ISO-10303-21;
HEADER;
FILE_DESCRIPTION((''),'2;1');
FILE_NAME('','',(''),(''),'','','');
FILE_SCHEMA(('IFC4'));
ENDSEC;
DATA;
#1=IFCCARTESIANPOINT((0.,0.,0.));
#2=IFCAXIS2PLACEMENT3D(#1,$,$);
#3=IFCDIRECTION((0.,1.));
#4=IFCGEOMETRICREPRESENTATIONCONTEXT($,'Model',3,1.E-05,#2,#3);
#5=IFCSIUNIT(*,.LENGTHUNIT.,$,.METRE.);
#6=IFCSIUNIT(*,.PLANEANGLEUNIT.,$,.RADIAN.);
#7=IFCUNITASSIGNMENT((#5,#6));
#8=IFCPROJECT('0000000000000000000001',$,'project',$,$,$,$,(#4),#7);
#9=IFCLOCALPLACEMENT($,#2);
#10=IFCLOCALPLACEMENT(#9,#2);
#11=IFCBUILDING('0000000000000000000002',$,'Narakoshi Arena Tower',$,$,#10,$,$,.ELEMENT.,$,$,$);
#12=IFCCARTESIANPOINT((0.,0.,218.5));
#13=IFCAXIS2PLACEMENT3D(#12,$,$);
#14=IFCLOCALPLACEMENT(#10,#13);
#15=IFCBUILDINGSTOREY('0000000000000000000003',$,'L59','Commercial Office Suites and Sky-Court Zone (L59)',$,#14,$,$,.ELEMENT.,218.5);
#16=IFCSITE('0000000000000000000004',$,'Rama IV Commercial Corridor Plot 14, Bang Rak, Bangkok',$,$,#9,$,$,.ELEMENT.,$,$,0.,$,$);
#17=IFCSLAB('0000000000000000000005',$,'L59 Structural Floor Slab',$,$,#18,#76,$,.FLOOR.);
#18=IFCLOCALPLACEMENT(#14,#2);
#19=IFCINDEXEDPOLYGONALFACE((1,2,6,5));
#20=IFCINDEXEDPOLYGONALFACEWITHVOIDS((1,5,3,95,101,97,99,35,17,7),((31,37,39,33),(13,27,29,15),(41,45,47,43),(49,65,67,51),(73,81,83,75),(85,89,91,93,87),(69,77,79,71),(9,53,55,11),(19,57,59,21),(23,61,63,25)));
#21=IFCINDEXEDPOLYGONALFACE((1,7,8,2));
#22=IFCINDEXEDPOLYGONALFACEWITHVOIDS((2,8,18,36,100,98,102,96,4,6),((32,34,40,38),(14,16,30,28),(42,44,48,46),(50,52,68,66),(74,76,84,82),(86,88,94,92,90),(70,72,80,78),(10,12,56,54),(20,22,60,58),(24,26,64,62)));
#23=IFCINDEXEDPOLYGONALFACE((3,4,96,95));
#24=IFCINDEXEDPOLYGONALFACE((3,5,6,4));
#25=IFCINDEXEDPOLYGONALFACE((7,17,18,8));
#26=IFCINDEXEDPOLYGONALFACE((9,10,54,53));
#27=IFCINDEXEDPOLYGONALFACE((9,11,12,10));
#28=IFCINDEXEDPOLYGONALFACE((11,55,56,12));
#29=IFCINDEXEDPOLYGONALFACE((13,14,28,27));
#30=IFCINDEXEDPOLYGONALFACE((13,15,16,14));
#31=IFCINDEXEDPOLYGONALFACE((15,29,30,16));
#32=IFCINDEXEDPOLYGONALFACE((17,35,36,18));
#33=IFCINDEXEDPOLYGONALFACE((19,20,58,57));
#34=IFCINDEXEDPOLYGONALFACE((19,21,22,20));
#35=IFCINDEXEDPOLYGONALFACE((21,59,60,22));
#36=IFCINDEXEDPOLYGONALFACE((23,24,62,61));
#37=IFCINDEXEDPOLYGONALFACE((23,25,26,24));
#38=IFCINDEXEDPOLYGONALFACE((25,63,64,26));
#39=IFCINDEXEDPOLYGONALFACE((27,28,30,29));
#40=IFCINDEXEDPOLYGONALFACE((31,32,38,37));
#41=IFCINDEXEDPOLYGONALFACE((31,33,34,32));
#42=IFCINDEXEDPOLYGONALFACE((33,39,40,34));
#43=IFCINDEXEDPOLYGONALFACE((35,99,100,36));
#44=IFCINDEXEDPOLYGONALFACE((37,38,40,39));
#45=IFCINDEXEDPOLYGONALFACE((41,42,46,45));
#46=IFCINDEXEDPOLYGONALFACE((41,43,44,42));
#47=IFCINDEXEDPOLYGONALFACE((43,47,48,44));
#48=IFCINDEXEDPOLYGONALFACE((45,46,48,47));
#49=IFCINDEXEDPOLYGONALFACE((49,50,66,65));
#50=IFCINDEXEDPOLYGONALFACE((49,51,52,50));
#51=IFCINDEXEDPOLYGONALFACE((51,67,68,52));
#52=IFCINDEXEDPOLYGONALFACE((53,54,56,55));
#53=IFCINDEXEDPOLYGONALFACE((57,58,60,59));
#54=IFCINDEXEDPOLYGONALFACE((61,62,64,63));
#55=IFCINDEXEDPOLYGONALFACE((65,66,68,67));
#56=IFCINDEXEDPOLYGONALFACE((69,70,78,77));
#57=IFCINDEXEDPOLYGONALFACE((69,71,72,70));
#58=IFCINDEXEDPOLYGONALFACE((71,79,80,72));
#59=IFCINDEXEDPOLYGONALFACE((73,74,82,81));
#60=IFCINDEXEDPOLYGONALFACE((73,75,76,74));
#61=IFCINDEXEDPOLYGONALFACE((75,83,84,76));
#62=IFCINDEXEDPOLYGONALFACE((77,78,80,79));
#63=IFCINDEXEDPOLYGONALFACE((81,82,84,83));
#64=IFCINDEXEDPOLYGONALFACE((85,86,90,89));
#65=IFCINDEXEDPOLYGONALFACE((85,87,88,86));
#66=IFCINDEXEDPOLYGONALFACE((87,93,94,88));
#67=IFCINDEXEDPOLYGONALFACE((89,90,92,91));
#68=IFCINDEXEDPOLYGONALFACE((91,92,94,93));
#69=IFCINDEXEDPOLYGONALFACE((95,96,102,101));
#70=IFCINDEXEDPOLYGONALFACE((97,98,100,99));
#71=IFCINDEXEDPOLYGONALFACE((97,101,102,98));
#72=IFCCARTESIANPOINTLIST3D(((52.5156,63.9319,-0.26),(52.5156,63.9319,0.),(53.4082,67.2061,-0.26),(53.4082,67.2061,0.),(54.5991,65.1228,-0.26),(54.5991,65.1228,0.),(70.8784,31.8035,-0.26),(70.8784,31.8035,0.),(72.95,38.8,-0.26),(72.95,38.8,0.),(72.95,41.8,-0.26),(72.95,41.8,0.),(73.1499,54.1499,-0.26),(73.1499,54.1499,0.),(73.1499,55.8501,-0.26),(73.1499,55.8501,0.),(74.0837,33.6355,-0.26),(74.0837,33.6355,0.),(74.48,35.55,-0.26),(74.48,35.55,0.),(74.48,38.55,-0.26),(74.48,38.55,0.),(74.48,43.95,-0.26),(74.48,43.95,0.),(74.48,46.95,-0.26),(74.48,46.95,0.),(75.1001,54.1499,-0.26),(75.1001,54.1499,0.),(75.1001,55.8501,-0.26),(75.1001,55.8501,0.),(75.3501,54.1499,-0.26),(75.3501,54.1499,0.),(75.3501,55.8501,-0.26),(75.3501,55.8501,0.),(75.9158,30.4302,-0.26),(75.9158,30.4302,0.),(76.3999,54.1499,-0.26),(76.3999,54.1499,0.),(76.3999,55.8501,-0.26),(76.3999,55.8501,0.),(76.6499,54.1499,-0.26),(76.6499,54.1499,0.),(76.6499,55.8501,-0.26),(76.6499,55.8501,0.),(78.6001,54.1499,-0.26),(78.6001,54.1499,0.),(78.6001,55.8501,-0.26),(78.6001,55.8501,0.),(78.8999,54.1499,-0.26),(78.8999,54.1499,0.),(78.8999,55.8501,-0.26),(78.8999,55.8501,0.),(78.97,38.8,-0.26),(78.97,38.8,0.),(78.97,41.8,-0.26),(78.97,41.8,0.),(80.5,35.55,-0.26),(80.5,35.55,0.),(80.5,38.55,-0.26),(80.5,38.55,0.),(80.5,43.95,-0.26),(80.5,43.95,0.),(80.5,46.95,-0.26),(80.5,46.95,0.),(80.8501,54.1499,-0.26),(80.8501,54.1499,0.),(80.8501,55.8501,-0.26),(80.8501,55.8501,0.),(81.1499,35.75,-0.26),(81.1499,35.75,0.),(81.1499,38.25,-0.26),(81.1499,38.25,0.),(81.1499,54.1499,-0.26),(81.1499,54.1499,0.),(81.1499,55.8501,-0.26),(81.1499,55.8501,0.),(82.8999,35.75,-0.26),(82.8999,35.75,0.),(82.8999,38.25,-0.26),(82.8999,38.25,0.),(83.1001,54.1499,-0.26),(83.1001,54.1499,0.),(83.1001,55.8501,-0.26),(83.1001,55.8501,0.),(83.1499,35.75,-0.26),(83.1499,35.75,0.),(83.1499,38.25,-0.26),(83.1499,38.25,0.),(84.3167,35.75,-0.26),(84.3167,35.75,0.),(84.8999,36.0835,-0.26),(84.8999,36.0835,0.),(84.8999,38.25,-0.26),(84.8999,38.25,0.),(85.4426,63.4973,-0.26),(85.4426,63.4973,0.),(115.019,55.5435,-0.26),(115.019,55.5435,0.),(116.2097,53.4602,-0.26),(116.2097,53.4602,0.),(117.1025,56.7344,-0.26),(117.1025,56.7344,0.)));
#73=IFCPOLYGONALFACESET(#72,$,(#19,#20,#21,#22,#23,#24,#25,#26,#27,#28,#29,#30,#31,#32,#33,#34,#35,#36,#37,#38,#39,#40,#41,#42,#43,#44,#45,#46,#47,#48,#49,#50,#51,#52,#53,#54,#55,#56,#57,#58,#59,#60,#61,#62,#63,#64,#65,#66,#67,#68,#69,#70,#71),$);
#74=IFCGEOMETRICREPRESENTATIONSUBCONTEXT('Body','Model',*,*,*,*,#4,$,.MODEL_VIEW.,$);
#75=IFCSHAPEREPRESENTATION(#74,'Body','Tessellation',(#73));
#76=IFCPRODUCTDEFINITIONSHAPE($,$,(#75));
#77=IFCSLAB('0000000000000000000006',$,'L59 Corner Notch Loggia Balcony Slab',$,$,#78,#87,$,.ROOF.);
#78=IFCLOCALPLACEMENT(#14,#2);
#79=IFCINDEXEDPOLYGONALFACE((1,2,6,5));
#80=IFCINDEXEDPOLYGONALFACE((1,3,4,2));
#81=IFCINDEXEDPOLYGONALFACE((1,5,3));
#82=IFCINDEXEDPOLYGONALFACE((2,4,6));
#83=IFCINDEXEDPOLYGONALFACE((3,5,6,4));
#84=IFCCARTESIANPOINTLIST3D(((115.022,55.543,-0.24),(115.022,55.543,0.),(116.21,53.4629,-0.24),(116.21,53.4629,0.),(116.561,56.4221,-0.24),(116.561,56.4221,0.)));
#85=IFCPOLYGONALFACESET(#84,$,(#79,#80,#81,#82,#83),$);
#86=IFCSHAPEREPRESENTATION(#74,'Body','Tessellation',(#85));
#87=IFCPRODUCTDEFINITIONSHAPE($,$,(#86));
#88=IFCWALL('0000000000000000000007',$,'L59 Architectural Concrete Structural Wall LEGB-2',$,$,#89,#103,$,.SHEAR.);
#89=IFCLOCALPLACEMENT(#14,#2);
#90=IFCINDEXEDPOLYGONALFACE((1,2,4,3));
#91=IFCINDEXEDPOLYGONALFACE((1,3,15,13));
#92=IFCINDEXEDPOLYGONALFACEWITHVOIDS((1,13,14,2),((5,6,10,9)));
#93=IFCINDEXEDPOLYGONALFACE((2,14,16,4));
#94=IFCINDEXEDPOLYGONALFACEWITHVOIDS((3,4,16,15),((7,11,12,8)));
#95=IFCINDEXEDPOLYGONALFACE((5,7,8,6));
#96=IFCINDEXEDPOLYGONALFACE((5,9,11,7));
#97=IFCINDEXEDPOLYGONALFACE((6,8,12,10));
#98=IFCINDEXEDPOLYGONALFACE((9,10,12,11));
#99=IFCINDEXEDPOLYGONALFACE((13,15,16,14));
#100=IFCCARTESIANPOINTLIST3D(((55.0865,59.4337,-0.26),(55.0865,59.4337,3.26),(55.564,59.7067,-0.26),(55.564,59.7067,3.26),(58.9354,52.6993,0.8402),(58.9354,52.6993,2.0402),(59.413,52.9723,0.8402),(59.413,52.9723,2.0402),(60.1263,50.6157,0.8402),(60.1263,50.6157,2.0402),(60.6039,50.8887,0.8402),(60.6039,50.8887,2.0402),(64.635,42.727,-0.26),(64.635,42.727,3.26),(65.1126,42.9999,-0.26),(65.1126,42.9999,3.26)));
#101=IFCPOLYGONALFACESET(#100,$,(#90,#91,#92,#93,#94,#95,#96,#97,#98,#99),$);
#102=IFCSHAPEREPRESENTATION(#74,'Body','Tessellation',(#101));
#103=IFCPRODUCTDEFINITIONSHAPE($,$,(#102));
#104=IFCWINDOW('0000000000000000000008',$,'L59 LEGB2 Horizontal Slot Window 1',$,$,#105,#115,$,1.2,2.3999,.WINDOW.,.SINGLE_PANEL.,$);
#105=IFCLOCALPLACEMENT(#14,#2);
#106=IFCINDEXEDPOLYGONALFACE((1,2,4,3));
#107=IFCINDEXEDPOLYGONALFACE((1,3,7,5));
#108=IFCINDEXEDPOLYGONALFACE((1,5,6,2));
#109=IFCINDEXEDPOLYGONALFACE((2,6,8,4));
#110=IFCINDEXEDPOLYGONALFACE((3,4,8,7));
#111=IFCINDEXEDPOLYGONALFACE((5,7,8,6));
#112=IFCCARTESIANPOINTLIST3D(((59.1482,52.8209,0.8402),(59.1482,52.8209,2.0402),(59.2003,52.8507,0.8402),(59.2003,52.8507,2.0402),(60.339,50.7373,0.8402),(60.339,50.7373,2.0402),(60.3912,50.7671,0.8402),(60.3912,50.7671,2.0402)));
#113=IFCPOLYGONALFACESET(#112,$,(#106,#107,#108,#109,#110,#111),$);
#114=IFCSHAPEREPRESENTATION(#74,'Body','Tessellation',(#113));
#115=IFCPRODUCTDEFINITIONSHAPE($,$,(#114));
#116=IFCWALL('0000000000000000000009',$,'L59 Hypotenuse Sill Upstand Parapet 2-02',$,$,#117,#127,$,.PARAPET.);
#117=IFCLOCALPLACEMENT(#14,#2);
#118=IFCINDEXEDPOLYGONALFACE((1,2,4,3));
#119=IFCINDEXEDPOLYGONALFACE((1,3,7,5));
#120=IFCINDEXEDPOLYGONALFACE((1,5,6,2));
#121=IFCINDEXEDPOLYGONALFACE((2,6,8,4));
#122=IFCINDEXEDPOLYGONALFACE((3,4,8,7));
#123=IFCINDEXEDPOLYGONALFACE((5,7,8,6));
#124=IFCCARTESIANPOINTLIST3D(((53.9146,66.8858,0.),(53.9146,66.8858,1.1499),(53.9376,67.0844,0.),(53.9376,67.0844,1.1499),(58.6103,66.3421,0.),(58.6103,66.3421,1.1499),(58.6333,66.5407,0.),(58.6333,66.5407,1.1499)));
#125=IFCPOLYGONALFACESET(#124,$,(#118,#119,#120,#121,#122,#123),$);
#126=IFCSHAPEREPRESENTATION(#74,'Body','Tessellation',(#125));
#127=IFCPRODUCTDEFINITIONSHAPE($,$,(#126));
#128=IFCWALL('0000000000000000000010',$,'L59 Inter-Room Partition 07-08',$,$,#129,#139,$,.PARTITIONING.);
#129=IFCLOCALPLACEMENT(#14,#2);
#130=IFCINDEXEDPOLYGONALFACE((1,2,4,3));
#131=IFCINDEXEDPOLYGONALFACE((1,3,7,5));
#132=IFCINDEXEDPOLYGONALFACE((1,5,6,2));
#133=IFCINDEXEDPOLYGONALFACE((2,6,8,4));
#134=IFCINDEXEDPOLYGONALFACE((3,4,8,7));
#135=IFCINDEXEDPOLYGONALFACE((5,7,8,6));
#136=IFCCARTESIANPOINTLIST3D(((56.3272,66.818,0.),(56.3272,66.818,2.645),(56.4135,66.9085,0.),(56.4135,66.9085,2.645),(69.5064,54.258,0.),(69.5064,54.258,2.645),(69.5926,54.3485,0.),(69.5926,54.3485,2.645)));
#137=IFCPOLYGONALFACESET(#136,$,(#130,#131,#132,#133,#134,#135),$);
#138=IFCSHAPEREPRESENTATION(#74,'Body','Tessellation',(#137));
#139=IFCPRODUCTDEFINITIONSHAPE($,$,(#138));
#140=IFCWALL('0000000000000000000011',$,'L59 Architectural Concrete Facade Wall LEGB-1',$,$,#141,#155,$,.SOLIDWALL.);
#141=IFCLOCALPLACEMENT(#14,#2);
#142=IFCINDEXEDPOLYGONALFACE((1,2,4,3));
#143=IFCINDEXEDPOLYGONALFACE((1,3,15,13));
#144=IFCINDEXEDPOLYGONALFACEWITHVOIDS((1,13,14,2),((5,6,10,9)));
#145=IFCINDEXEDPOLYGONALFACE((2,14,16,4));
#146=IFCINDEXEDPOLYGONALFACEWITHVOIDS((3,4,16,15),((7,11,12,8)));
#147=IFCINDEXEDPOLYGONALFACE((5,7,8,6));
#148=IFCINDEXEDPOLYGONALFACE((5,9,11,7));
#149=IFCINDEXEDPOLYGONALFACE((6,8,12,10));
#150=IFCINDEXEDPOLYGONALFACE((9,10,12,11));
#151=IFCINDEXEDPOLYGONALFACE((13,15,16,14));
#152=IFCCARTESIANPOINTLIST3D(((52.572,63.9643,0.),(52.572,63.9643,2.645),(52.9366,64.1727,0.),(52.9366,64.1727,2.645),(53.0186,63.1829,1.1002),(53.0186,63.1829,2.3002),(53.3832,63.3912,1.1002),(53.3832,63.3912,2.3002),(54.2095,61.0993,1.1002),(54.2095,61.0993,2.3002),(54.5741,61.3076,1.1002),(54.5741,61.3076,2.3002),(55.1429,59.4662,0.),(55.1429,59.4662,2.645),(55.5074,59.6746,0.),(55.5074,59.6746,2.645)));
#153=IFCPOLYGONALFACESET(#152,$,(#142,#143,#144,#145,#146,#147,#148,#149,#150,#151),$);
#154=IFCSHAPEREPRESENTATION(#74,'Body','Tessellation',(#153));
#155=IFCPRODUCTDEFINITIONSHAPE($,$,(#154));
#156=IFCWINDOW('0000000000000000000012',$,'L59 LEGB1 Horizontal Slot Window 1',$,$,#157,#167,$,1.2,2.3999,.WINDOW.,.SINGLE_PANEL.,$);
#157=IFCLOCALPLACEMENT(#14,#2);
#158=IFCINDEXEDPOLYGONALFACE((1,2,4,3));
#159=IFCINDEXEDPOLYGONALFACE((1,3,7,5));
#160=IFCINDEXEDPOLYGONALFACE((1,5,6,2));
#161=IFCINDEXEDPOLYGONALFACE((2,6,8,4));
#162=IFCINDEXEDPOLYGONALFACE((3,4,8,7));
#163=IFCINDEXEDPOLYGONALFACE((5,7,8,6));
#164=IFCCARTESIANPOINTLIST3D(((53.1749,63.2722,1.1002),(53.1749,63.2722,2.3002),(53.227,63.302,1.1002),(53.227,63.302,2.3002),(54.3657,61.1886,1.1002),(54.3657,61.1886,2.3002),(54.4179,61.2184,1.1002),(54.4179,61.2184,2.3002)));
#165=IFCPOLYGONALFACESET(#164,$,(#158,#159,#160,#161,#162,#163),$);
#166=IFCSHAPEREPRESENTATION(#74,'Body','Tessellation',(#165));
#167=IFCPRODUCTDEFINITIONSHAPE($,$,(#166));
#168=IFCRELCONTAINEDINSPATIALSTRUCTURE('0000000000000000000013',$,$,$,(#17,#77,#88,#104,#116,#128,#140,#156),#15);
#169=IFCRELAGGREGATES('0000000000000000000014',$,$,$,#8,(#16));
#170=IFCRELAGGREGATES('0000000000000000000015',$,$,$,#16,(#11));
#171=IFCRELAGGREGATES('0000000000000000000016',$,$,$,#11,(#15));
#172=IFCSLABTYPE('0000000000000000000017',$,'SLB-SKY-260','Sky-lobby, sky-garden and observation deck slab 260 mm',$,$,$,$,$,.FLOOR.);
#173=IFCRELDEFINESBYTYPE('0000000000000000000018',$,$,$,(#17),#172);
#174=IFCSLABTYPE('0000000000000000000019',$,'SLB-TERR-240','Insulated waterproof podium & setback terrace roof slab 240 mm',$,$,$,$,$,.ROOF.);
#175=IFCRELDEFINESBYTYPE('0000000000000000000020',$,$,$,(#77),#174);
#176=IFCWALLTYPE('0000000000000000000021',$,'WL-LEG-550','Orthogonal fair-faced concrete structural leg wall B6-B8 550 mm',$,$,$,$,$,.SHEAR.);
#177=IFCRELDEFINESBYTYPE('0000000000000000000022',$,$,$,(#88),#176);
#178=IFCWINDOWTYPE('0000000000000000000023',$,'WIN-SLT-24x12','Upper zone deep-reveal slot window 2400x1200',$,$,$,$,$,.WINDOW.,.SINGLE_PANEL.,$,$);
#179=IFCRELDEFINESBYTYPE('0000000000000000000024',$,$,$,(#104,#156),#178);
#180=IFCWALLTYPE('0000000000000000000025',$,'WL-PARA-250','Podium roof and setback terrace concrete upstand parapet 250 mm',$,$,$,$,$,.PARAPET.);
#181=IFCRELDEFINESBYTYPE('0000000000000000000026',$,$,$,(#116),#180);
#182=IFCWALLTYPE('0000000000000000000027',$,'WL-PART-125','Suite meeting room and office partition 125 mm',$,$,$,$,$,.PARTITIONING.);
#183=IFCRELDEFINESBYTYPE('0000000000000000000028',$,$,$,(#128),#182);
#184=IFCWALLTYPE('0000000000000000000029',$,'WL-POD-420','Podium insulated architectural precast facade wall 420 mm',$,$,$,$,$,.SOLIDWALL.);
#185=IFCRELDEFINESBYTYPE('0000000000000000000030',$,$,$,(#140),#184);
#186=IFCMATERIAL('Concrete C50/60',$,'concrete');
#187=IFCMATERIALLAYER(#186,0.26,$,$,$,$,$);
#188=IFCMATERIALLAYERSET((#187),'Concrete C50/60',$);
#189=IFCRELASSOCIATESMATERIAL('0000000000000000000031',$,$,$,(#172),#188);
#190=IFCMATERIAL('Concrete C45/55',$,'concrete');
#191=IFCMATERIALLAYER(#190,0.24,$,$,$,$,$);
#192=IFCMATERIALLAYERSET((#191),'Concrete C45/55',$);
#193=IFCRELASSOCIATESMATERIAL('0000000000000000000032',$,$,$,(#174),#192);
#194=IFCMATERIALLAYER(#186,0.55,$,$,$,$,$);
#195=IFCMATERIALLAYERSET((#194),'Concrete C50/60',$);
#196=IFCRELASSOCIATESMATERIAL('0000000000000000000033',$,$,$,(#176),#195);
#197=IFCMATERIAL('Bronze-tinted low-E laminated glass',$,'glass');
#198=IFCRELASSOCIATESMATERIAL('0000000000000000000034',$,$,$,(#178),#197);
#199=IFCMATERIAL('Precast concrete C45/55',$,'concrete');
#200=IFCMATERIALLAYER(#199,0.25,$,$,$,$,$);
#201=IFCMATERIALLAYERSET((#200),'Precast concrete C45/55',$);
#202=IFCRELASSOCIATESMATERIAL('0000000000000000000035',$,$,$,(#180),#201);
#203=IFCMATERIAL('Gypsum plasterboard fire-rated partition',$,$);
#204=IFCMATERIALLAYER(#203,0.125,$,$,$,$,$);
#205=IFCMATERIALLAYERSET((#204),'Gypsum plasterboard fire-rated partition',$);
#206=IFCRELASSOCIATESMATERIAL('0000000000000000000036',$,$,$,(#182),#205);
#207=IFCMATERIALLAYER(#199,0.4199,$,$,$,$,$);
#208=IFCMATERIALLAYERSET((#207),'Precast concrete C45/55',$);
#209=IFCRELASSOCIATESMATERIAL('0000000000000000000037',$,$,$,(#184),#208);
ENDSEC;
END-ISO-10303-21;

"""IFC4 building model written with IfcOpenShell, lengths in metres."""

from ifc_helpers import new_model, si_unit, direction, frame, frame_2d, origin, place, context, subcontext, project, spatial, polyline, rectangle, outline, extrude, material, layer, layer_set, type_object, element, fill, save


model = new_model("IFC4")

# Units and contexts
model_context = context("Model", 3, precision=1e-05, world=origin(), true_north=direction((0.0, 1.0)))
body_context = subcontext(model_context, "Body", "Model", "MODEL_VIEW")
ifc_project = project(units=[si_unit("LENGTHUNIT", "METRE"), si_unit("PLANEANGLEUNIT", "RADIAN")], contexts=[model_context])

# Site, building, storey
site_placement = place(None, origin())
site = spatial("IfcSite", under=ifc_project, at=site_placement, Name="Rama IV Commercial Corridor Plot 14, Bang Rak, Bangkok", CompositionType="ELEMENT", RefElevation=0.0)
building_placement = place(site_placement, origin())
building = spatial("IfcBuilding", under=site, at=building_placement, Name="Narakoshi Arena Tower", CompositionType="ELEMENT")
storey_placement = place(building_placement, frame((0.0, 0.0, 218.5)))
storey = spatial("IfcBuildingStorey", under=building, at=storey_placement, Name="L59", Description="Commercial Office Suites and Sky-Court Zone (L59)", CompositionType="ELEMENT", Elevation=218.5)

# Shared definitions
ifc_material_1 = material(Name="Concrete C50/60", Category="concrete")

# Shared definitions
ifc_material_2 = material(Name="Bronze-tinted low-E laminated glass", Category="glass")

# Shared definitions
ifc_material_3 = material(Name="Concrete C45/55", Category="concrete")

# Slabs
ifc_layer_1 = layer(ifc_material_1, 0.26)
ifc_layer_set_1 = layer_set([ifc_layer_1], Name="Concrete C50/60")
slab_type_1 = type_object("IfcSlabType", Name="SLB-SKY-260", Description="Sky-lobby, sky-garden and observation deck slab 260 mm", PredefinedType="FLOOR", material=ifc_layer_set_1)
slab_1_placement = place(storey_placement, frame((0.0, 0.0, -0.26)))
element("IfcSlab", 1, at=slab_1_placement, inside=storey, type_object=slab_type_1, Name="L59 Structural Floor Slab", PredefinedType="FLOOR", context=body_context, shape_type="SweptSolid", body=[
    extrude(outline(polyline([(75.9158, 30.4302), (116.2097, 53.4602), (115.019, 55.5435), (117.1025, 56.7344), (85.4426, 63.4973), (53.4082, 67.2061), (54.5991, 65.1228), (52.5156, 63.9319), (70.8784, 31.8035), (74.0837, 33.6355), (75.9158, 30.4302)]), holes=[polyline([(80.5, 35.55), (74.48, 35.55), (74.48, 38.55), (80.5, 38.55), (80.5, 35.55)]), polyline([(82.8999, 35.75), (81.1499, 35.75), (81.1499, 38.25), (82.8999, 38.25), (82.8999, 35.75)]), polyline([(84.8999, 36.0835), (84.3167, 35.75), (83.1499, 35.75), (83.1499, 38.25), (84.8999, 38.25), (84.8999, 36.0835)]), polyline([(72.95, 38.8), (72.95, 41.8), (78.97, 41.8), (78.97, 38.8), (72.95, 38.8)]), polyline([(74.48, 43.95), (74.48, 46.95), (80.5, 46.95), (80.5, 43.95), (74.48, 43.95)]), polyline([(75.1001, 54.1499), (73.1499, 54.1499), (73.1499, 55.8501), (75.1001, 55.8501), (75.1001, 54.1499)]), polyline([(76.3999, 54.1499), (75.3501, 54.1499), (75.3501, 55.8501), (76.3999, 55.8501), (76.3999, 54.1499)]), polyline([(78.6001, 54.1499), (76.6499, 54.1499), (76.6499, 55.8501), (78.6001, 55.8501), (78.6001, 54.1499)]), polyline([(78.8999, 54.1499), (78.8999, 55.8501), (80.8501, 55.8501), (80.8501, 54.1499), (78.8999, 54.1499)]), polyline([(81.1499, 54.1499), (81.1499, 55.8501), (83.1001, 55.8501), (83.1001, 54.1499), (81.1499, 54.1499)])]), origin(), (0.0, 0.0, 1.0), 0.26),
])
ifc_layer_2 = layer(ifc_material_3, 0.24)
ifc_layer_set_2 = layer_set([ifc_layer_2], Name="Concrete C45/55")
slab_type_2 = type_object("IfcSlabType", Name="SLB-TERR-240", Description="Insulated waterproof podium & setback terrace roof slab 240 mm", PredefinedType="ROOF", material=ifc_layer_set_2)
slab_2_placement = place(storey_placement, frame((0.0, 0.0, -0.24)))
element("IfcSlab", 2, at=slab_2_placement, inside=storey, type_object=slab_type_2, Name="L59 Corner Notch Loggia Balcony Slab", PredefinedType="ROOF", context=body_context, shape_type="SweptSolid", body=[
    extrude(outline(polyline([(116.561, 56.4221), (115.022, 55.543), (116.21, 53.4629), (116.561, 56.4221)])), origin(), (0.0, 0.0, 1.0), 0.24),
])

# Wall, opening, window
ifc_layer_3 = layer(ifc_material_1, 0.55)
ifc_layer_set_3 = layer_set([ifc_layer_3], Name="Concrete C50/60")
wall_type_1 = type_object("IfcWallType", Name="WL-LEG-550", Description="Orthogonal fair-faced concrete structural leg wall B6-B8 550 mm", PredefinedType="SHEAR", material=ifc_layer_set_3)
wall_1_placement = place(storey_placement, frame((55.3252, 59.5703, -0.26), z_axis=(0.0, 0.0, 1.0), x_axis=(0.496211, -0.868202, 0.0)))
wall_1 = element("IfcWall", 3, at=wall_1_placement, inside=storey, type_object=wall_type_1, Name="L59 Architectural Concrete Structural Wall LEGB-2", PredefinedType="SHEAR", context=body_context, shape_type="SweptSolid", body=[
    extrude(rectangle(XDim=19.2429, YDim=0.55, at=frame_2d((9.6216, 0.0))), origin(), (0.0, 0.0, 1.0), 3.52),
])
opening_1_placement = place(wall_1_placement, frame((7.7568, 0.0, 1.1001)))
opening_1 = element("IfcOpeningElement", 4, at=opening_1_placement, cuts=wall_1, PredefinedType="OPENING", context=body_context, shape_type="SweptSolid", body=[
    extrude(rectangle(XDim=2.3999, YDim=1.2, at=frame_2d((1.2, 0.6001))), frame((0.0, 0.2849, 0.0), z_axis=(0.0, -1.0, 0.0), x_axis=(1.0, 0.0, 0.0)), (0.0, 0.0, 1.0), 0.5701),
])
window_type_1 = type_object("IfcWindowType", Name="WIN-SLT-24x12", Description="Upper zone deep-reveal slot window 2400x1200", PartitioningType="SINGLE_PANEL", PredefinedType="WINDOW", material=ifc_material_2)
window_1_placement = place(opening_1_placement, origin())
window_1 = element("IfcWindow", 5, at=window_1_placement, inside=storey, type_object=window_type_1, Name="L59 LEGB2 Horizontal Slot Window 1", OverallHeight=1.2, OverallWidth=2.3999, PartitioningType="SINGLE_PANEL", PredefinedType="WINDOW", context=body_context, shape_type="SweptSolid", body=[
    extrude(rectangle(XDim=2.3999, YDim=1.2, at=frame_2d((1.2, 0.6001))), frame((0.0, 0.03, 0.0), z_axis=(0.0, -1.0, 0.0), x_axis=(1.0, 0.0, 0.0)), (0.0, 0.0, 1.0), 0.0601),
])
fill(opening_1, window_1)

# Walls
ifc_material_4 = material(Name="Precast concrete C45/55", Category="concrete")
ifc_layer_4 = layer(ifc_material_4, 0.25)
ifc_layer_set_4 = layer_set([ifc_layer_4], Name="Precast concrete C45/55")
wall_type_2 = type_object("IfcWallType", Name="WL-PARA-250", Description="Podium roof and setback terrace concrete upstand parapet 250 mm", PredefinedType="PARAPET", material=ifc_layer_set_4)
wall_2_placement = place(storey_placement, frame((58.6218, 66.4414, 0.0), z_axis=(0.0, 0.0, 1.0), x_axis=(-0.993363, 0.115022, 0.0)))
element("IfcWall", 6, at=wall_2_placement, inside=storey, type_object=wall_type_2, Name="L59 Hypotenuse Sill Upstand Parapet 2-02", PredefinedType="PARAPET", context=body_context, shape_type="SweptSolid", body=[
    extrude(rectangle(XDim=4.7271, YDim=0.2, at=frame_2d((2.3635, 0.0))), origin(), (0.0, 0.0, 1.0), 1.1499),
])
ifc_material_5 = material(Name="Gypsum plasterboard fire-rated partition")
ifc_layer_5 = layer(ifc_material_5, 0.125)
ifc_layer_set_5 = layer_set([ifc_layer_5], Name="Gypsum plasterboard fire-rated partition")
wall_type_3 = type_object("IfcWallType", Name="WL-PART-125", Description="Suite meeting room and office partition 125 mm", PredefinedType="PARTITIONING", material=ifc_layer_set_5)
wall_3_placement = place(storey_placement, frame((56.3704, 66.8633, 0.0), z_axis=(0.0, 0.0, 1.0), x_axis=(0.723906, -0.689898, 0.0)))
element("IfcWall", 7, at=wall_3_placement, inside=storey, type_object=wall_type_3, Name="L59 Inter-Room Partition 07-08", PredefinedType="PARTITIONING", context=body_context, shape_type="SweptSolid", body=[
    extrude(rectangle(XDim=18.2056, YDim=0.125, at=frame_2d((9.1028, 0.0))), origin(), (0.0, 0.0, 1.0), 2.645),
])

# Wall, opening, window
ifc_layer_6 = layer(ifc_material_4, 0.4199)
ifc_layer_set_6 = layer_set([ifc_layer_6], Name="Precast concrete C45/55")
wall_type_4 = type_object("IfcWallType", Name="WL-POD-420", Description="Podium insulated architectural precast facade wall 420 mm", PredefinedType="SOLIDWALL", material=ifc_layer_set_6)
wall_4_placement = place(storey_placement, frame((52.7544, 64.0684, 0.0), z_axis=(0.0, 0.0, 1.0), x_axis=(0.49621, -0.868203, 0.0)))
wall_4 = element("IfcWall", 8, at=wall_4_placement, inside=storey, type_object=wall_type_4, Name="L59 Architectural Concrete Facade Wall LEGB-1", PredefinedType="SOLIDWALL", context=body_context, shape_type="SweptSolid", body=[
    extrude(rectangle(XDim=5.1809, YDim=0.4199, at=frame_2d((2.5903, 0.0))), origin(), (0.0, 0.0, 1.0), 2.645),
])
opening_2_placement = place(wall_4_placement, frame((0.8999, 0.0, 1.1001)))
opening_2 = element("IfcOpeningElement", 9, at=opening_2_placement, cuts=wall_4, PredefinedType="OPENING", context=body_context, shape_type="SweptSolid", body=[
    extrude(rectangle(XDim=2.3999, YDim=1.2, at=frame_2d((1.2, 0.6001))), frame((0.0, 0.22, 0.0), z_axis=(0.0, -1.0, 0.0), x_axis=(1.0, 0.0, 0.0)), (0.0, 0.0, 1.0), 0.4399),
])
window_2_placement = place(opening_2_placement, origin())
window_2 = element("IfcWindow", 10, at=window_2_placement, inside=storey, type_object=window_type_1, Name="L59 LEGB1 Horizontal Slot Window 1", OverallHeight=1.2, OverallWidth=2.3999, PartitioningType="SINGLE_PANEL", PredefinedType="WINDOW", context=body_context, shape_type="SweptSolid", body=[
    extrude(rectangle(XDim=2.3999, YDim=1.2, at=frame_2d((1.2, 0.6001))), frame((0.0, 0.03, 0.0), z_axis=(0.0, -1.0, 0.0), x_axis=(1.0, 0.0, 0.0)), (0.0, 0.0, 1.0), 0.0601),
])
fill(opening_2, window_2)

save(model, "model.ifc")
